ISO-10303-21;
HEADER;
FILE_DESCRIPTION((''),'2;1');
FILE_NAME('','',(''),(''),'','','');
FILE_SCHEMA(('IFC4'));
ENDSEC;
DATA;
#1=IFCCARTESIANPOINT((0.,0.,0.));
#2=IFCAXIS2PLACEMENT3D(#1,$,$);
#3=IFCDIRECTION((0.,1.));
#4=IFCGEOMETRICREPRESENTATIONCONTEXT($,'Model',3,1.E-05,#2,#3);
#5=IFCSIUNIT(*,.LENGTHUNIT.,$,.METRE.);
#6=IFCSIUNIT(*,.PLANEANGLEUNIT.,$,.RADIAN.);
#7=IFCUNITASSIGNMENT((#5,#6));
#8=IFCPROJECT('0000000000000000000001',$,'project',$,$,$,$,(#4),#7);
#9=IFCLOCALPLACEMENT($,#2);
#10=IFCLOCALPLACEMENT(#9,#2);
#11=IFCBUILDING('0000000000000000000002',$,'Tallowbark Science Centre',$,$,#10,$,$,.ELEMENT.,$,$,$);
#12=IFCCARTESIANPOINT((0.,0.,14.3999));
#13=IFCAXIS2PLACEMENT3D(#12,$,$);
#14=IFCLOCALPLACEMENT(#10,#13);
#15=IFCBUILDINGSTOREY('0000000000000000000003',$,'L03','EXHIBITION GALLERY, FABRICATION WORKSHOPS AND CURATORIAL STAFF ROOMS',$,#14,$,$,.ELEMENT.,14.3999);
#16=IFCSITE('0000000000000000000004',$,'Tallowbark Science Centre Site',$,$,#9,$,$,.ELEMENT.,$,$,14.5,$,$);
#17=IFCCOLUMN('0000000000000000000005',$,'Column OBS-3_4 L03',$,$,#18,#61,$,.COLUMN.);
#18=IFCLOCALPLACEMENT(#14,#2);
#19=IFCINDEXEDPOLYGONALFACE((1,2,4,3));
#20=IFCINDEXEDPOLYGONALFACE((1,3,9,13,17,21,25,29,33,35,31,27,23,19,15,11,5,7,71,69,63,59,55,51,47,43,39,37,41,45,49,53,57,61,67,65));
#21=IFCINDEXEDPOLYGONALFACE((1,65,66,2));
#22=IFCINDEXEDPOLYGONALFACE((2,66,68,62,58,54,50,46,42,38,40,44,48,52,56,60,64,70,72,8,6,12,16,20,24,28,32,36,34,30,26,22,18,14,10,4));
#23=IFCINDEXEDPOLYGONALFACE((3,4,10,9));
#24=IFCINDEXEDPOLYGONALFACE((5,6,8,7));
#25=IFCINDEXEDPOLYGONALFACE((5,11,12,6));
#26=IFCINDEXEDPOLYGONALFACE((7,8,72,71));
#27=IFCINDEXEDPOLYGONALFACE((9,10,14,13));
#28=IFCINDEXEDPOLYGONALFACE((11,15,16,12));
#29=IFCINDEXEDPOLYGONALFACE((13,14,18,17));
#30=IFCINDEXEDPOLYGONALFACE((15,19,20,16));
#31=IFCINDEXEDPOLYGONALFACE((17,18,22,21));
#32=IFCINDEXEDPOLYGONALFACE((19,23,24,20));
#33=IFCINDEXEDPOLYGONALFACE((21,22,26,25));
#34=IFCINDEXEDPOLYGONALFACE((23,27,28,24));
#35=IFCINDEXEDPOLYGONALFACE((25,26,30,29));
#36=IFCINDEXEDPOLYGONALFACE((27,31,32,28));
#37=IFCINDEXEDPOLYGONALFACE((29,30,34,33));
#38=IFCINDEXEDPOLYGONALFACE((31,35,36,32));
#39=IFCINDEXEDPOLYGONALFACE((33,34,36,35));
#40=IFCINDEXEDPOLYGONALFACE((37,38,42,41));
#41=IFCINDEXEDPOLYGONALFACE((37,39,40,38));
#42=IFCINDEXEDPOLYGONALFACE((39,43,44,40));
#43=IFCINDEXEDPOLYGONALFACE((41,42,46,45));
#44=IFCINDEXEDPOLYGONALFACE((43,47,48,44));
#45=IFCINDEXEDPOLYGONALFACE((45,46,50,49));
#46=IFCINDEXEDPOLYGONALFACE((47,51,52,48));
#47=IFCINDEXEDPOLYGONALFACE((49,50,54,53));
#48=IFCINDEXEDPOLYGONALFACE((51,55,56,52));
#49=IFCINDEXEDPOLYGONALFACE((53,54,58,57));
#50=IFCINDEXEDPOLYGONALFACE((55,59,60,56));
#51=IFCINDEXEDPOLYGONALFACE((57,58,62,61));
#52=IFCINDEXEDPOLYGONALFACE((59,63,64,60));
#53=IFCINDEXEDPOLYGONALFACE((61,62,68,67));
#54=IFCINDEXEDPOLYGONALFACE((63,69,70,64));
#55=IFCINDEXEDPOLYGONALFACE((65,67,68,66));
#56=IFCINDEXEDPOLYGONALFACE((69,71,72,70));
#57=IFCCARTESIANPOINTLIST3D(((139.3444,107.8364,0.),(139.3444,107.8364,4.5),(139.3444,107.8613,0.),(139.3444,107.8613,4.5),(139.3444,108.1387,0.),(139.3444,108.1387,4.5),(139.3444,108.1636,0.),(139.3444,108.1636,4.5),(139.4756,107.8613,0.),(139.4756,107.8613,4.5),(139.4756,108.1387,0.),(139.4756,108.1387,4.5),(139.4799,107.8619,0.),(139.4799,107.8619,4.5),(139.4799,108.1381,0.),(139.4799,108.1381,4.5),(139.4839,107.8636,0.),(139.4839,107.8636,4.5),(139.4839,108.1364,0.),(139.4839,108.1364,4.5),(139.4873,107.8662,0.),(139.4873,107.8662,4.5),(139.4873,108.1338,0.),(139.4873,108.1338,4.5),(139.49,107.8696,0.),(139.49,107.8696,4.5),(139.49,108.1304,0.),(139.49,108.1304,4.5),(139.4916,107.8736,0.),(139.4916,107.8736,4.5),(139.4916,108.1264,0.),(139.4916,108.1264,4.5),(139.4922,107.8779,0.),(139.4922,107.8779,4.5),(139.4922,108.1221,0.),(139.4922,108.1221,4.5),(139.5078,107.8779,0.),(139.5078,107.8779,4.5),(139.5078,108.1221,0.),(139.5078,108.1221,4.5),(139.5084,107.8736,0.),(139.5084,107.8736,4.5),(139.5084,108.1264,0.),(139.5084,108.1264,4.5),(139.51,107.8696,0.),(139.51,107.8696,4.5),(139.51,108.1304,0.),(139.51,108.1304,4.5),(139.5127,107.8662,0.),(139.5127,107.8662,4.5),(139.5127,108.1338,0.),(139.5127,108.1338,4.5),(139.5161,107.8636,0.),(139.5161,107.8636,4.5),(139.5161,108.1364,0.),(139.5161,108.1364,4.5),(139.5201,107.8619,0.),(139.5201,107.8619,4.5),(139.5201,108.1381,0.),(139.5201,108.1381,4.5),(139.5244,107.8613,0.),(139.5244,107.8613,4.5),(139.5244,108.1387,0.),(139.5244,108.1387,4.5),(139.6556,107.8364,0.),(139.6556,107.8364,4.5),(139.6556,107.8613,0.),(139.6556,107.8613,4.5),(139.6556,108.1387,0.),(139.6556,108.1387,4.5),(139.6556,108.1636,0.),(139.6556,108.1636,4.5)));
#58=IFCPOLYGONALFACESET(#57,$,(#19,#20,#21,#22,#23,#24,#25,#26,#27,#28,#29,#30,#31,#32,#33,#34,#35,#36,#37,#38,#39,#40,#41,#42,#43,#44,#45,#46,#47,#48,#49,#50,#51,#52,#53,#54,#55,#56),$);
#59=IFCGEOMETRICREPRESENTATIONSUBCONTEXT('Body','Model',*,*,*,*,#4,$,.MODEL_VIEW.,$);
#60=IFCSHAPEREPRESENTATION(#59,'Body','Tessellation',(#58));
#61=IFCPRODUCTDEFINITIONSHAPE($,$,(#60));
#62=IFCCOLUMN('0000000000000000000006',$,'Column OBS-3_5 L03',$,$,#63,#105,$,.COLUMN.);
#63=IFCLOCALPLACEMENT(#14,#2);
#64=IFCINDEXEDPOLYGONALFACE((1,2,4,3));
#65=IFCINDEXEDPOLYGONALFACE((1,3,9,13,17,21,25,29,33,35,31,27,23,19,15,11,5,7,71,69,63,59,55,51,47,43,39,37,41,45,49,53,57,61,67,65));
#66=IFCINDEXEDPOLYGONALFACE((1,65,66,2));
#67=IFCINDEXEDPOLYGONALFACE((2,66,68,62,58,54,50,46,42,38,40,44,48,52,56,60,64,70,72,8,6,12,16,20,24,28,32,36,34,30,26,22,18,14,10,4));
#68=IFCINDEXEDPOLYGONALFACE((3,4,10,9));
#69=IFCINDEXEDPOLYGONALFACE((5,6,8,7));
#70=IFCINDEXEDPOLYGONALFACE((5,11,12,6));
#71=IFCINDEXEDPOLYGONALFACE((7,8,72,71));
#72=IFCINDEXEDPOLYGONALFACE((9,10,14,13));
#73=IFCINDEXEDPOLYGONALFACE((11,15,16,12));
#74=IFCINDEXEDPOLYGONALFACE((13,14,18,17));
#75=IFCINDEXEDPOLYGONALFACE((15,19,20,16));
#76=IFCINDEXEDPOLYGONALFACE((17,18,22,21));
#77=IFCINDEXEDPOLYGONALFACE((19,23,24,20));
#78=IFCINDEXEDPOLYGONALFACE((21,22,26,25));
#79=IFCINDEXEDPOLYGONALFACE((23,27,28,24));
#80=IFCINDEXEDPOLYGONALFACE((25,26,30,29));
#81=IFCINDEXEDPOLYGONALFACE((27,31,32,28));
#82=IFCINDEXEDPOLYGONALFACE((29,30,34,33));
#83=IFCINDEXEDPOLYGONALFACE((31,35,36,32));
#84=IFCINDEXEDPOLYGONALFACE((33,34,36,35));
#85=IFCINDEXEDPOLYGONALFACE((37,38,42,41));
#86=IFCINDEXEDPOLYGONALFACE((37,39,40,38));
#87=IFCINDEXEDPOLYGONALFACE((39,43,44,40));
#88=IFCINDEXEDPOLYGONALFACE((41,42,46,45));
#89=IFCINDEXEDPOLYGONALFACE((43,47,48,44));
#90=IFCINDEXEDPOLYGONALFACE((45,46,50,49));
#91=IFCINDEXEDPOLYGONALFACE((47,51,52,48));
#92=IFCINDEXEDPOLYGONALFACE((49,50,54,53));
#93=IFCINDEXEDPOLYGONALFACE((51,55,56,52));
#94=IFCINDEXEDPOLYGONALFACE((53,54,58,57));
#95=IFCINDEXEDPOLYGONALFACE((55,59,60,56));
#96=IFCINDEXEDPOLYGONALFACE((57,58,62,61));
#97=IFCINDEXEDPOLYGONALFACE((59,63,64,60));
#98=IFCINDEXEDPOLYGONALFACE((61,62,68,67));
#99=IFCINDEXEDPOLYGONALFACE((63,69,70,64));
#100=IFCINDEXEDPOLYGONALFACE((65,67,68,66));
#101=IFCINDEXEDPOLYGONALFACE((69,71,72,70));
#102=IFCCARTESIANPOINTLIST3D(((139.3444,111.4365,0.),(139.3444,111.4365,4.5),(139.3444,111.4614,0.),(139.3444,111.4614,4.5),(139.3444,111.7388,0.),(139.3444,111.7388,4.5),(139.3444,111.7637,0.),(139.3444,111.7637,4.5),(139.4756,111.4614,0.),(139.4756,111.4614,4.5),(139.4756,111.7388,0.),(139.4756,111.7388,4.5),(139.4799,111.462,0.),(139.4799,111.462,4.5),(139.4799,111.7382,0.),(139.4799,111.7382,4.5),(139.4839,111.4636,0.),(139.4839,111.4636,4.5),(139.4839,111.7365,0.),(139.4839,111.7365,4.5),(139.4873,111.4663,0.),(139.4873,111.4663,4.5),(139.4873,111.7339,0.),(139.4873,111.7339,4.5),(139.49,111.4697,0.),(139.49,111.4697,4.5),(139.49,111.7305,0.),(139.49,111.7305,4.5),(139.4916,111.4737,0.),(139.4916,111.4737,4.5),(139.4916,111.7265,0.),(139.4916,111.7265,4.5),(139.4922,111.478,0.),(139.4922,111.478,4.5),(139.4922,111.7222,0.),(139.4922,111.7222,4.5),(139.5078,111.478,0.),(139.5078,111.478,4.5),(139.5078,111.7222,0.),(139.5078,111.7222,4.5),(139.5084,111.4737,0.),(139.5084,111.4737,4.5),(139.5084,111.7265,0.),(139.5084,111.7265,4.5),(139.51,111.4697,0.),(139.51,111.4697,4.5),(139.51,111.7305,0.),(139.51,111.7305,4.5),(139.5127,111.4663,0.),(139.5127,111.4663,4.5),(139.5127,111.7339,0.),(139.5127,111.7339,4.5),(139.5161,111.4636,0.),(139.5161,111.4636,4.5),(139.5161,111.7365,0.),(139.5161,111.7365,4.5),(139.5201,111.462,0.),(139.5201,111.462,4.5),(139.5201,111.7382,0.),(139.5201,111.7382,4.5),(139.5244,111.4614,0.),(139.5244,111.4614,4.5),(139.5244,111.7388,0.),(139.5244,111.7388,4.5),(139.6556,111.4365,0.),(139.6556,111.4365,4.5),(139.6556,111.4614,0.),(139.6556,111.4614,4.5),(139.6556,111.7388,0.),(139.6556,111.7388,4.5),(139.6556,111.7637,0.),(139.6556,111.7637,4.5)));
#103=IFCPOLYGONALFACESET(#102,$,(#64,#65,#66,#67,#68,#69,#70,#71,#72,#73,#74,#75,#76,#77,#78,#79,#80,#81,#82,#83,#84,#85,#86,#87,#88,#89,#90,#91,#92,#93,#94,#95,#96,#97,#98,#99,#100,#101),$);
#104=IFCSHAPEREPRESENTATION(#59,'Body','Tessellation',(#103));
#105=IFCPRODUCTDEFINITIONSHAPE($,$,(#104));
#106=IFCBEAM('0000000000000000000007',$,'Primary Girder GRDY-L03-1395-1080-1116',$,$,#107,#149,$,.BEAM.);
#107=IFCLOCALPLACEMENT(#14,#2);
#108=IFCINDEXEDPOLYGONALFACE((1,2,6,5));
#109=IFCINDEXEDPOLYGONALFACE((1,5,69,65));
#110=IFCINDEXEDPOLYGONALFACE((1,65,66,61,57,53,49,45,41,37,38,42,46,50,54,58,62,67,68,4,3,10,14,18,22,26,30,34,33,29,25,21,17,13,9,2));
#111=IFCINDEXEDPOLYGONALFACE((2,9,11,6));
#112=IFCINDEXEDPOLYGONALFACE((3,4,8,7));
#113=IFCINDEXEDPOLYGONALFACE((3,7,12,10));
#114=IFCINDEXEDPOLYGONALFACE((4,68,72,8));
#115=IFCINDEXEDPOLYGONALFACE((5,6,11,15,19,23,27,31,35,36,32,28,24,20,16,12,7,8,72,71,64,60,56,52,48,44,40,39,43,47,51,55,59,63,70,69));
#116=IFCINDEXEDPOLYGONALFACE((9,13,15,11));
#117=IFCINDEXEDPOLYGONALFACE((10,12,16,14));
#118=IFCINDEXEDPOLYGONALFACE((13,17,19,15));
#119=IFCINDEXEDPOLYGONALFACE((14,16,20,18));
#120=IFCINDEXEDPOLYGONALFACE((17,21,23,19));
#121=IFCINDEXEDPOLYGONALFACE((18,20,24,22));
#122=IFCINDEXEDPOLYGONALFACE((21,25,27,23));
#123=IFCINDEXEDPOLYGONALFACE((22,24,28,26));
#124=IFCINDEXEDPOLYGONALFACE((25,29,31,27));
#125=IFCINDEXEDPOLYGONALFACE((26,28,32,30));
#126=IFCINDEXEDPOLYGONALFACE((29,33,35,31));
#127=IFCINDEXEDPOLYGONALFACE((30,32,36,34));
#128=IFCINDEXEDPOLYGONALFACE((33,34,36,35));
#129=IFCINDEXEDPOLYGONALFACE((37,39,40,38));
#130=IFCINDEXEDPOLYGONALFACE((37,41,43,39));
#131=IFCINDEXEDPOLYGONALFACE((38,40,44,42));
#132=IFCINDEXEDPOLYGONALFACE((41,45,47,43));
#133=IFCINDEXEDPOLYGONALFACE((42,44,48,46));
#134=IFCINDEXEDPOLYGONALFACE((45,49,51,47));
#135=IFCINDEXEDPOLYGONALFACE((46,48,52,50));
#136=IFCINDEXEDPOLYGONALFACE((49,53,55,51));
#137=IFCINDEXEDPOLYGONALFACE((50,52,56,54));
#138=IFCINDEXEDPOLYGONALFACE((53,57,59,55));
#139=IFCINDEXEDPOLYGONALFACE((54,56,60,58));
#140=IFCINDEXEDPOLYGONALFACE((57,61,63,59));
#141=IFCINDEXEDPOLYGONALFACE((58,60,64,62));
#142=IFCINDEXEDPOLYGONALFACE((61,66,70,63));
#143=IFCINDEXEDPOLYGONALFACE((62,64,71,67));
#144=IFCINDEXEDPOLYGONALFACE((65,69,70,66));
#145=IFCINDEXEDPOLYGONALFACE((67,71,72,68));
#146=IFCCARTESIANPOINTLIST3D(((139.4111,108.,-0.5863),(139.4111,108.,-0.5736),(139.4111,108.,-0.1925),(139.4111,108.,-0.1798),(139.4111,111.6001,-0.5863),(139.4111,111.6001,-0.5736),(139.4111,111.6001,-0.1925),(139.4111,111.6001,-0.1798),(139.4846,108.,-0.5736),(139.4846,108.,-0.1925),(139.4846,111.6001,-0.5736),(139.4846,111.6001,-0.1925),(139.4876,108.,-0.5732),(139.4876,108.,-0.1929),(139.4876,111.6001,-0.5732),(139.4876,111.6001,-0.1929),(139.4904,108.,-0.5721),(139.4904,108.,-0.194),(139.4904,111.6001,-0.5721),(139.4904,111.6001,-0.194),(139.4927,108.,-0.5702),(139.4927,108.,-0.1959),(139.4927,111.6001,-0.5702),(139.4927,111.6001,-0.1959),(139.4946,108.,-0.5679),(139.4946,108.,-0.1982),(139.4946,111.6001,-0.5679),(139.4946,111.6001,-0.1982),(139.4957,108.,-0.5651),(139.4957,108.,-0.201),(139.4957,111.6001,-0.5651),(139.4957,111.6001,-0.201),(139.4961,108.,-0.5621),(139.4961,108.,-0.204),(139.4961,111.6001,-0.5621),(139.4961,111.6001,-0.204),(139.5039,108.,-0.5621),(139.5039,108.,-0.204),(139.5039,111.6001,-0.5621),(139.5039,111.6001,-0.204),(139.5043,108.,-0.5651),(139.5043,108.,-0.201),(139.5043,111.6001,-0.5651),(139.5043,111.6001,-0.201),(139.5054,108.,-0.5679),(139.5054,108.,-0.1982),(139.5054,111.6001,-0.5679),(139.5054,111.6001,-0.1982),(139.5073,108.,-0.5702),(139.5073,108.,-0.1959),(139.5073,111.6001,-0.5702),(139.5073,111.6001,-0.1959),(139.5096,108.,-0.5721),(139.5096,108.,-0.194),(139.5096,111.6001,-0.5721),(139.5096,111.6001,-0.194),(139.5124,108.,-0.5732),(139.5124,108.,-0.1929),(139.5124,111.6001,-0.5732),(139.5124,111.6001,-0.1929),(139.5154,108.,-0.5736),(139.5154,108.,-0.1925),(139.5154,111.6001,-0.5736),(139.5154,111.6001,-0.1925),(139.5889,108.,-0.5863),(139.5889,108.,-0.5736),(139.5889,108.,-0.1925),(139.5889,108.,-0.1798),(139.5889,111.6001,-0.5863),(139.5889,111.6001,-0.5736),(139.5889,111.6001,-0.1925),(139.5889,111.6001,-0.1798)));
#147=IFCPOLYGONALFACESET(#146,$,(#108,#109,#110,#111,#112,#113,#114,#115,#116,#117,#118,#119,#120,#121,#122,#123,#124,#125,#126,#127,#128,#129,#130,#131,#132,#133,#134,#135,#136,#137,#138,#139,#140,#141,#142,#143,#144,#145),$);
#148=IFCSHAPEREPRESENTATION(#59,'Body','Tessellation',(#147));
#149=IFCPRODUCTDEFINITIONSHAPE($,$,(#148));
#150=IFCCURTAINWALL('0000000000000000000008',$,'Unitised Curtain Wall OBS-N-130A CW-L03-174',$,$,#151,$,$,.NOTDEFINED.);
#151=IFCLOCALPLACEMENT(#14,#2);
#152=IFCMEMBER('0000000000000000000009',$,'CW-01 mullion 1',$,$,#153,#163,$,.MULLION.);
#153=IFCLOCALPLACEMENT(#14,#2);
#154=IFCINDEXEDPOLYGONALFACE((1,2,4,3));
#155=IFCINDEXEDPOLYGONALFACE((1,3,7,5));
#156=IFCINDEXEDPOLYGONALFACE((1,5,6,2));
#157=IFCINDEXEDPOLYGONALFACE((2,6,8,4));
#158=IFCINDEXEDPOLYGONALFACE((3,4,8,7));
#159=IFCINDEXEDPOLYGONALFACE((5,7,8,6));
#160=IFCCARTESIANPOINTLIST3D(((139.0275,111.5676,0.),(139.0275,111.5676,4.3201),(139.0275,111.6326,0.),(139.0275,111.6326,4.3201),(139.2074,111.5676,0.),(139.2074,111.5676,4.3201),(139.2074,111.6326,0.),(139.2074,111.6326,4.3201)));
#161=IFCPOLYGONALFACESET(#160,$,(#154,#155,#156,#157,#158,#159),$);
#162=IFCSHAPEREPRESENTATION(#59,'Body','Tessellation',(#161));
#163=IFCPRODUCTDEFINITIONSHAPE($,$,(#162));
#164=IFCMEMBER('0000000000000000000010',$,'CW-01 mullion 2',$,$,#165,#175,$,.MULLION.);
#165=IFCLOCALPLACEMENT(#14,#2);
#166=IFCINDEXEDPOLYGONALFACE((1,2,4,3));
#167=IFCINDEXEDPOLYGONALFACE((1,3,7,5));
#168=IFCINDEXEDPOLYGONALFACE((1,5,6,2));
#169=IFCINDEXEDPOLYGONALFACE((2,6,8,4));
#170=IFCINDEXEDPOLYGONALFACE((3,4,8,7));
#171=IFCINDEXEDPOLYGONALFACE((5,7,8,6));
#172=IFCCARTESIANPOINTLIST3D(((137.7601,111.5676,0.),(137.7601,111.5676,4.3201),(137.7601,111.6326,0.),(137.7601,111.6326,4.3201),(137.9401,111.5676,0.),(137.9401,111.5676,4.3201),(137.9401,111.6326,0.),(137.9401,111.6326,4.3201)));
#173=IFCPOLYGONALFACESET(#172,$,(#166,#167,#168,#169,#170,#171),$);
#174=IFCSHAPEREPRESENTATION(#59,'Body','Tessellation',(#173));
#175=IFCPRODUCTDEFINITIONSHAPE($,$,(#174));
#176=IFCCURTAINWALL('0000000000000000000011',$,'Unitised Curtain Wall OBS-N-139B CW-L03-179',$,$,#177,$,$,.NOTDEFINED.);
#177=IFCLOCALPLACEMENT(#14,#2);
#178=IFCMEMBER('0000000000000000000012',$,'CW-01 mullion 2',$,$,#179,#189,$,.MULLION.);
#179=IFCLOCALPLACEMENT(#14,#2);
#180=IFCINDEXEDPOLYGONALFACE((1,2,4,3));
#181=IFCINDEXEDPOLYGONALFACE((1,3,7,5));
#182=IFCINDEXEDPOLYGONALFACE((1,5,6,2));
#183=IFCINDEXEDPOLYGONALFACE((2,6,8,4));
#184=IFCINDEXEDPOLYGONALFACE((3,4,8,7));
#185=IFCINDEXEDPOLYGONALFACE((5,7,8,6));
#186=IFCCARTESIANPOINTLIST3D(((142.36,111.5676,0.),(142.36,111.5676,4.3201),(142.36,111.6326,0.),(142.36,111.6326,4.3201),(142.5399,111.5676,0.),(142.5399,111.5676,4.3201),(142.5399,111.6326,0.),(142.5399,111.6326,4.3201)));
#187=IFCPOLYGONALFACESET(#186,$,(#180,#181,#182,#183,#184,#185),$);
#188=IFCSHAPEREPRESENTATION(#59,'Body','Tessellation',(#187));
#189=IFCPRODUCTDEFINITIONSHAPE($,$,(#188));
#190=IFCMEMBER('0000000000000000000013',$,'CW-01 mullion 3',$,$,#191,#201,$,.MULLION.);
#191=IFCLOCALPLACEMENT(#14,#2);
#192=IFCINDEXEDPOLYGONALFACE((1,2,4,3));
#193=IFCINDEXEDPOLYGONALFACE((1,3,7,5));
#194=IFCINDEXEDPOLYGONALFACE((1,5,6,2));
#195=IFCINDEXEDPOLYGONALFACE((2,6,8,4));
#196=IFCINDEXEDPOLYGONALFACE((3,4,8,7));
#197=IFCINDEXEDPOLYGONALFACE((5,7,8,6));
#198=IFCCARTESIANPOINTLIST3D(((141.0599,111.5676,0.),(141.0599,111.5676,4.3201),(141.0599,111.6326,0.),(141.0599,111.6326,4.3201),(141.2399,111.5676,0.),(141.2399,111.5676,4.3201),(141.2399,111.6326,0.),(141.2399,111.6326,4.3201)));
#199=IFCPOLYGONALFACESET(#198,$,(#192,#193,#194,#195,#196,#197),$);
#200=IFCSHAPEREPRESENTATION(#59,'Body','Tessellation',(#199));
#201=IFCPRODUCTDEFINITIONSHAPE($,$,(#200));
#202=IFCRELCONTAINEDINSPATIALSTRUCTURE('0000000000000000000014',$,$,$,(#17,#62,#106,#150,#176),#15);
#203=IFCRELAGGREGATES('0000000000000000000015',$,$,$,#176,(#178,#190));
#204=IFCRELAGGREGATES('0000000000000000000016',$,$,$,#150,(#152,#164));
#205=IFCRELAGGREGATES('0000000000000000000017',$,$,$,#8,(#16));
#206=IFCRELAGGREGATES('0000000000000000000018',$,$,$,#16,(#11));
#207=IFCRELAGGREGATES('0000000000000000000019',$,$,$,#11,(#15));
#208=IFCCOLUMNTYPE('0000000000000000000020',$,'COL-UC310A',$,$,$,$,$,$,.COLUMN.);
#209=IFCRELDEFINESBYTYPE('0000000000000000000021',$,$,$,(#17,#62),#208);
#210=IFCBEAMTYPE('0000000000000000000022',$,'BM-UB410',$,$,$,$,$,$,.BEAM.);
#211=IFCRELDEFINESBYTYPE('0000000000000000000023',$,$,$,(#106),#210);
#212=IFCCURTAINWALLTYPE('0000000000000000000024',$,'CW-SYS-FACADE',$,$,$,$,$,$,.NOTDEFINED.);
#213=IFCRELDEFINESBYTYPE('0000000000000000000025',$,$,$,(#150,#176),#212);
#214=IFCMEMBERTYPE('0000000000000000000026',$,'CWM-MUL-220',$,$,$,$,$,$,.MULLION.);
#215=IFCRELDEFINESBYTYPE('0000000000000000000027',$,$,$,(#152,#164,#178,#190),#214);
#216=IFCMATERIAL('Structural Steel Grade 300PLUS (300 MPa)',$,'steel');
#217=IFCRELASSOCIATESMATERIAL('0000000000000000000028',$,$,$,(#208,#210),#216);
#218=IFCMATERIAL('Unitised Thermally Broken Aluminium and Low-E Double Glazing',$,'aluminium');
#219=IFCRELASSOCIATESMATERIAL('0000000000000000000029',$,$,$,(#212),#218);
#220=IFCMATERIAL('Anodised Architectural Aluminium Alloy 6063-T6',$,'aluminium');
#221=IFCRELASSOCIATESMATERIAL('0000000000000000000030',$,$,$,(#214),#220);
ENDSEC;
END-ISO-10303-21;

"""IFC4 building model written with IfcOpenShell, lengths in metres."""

from ifc_helpers import new_model, si_unit, direction, frame, origin, origin_2d, place, context, subcontext, project, spatial, rectangle, i_section, extrude, material, material_profile, profile_set, type_object, element, aggregate, save


model = new_model("IFC4")

# Units and contexts
model_context = context("Model", 3, precision=1e-05, world=origin(), true_north=direction((0.0, 1.0)))
body_context = subcontext(model_context, "Body", "Model", "MODEL_VIEW")
ifc_project = project(units=[si_unit("LENGTHUNIT", "METRE"), si_unit("PLANEANGLEUNIT", "RADIAN")], contexts=[model_context])

# Site, building, storey
site_placement = place(None, origin())
site = spatial("IfcSite", under=ifc_project, at=site_placement, Name="Tallowbark Science Centre Site", CompositionType="ELEMENT", RefElevation=14.5)
building_placement = place(site_placement, origin())
building = spatial("IfcBuilding", under=site, at=building_placement, Name="Tallowbark Science Centre", CompositionType="ELEMENT")
storey_placement = place(building_placement, frame((0.0, 0.0, 14.3999)))
storey = spatial("IfcBuildingStorey", under=building, at=storey_placement, Name="L03", Description="EXHIBITION GALLERY, FABRICATION WORKSHOPS AND CURATORIAL STAFF ROOMS", CompositionType="ELEMENT", Elevation=14.3999)

# Columns
ifc_material_1 = material(Name="Structural Steel Grade 300PLUS (300 MPa)", Category="steel")
ifc_material_profile_1 = material_profile(ifc_material_1, i_section(OverallWidth=0.3113, OverallDepth=0.3271, WebThickness=0.0156, FlangeThickness=0.0249, FilletRadius=0.0166, at=origin_2d()), Name="310UC158")
ifc_profile_set_1 = profile_set([ifc_material_profile_1], Name="Structural Steel Grade 300PLUS (300 MPa)")
column_type = type_object("IfcColumnType", Name="COL-UC310A", PredefinedType="COLUMN", material=ifc_profile_set_1)
for number, where, z_axis, x_axis, name in (
    (1, (139.5, 108.0, 0.0), (0.0, 0.0, 1.0), (1.0, 0.0, 0.0), "Column OBS-3_4 L03"),
    (2, (139.5, 111.6001, 0.0), (0.0, 0.0, 1.0), (1.0, 0.0, 0.0), "Column OBS-3_5 L03"),
):
    element("IfcColumn", number, at=place(storey_placement, frame(where, z_axis=z_axis, x_axis=x_axis)), inside=storey, type_object=column_type, Name=name, PredefinedType="COLUMN", context=body_context, shape_type="SweptSolid", body=[
        extrude(i_section(OverallWidth=0.3113, OverallDepth=0.3271, WebThickness=0.0156, FlangeThickness=0.0249, FilletRadius=0.0166, at=origin_2d()), origin(), (0.0, 0.0, 1.0), 4.5),
    ])

# Beam
ifc_material_profile_2 = material_profile(ifc_material_1, i_section(OverallWidth=0.1777, OverallDepth=0.4065, WebThickness=0.0078, FlangeThickness=0.0127, FilletRadius=0.0115, at=origin_2d()), Name="410UB59.7")
ifc_profile_set_2 = profile_set([ifc_material_profile_2], Name="Structural Steel Grade 300PLUS (300 MPa)")
beam_type_1 = type_object("IfcBeamType", Name="BM-UB410", PredefinedType="BEAM", material=ifc_profile_set_2)
beam_placement = place(storey_placement, frame((139.5, 108.0, -0.3831), z_axis=(0.0, 1.0, 0.0), x_axis=(-1.0, 0.0, 0.0)))
element("IfcBeam", 3, at=beam_placement, inside=storey, type_object=beam_type_1, Name="Primary Girder GRDY-L03-1395-1080-1116", PredefinedType="BEAM", context=body_context, shape_type="SweptSolid", body=[
    extrude(i_section(OverallWidth=0.1777, OverallDepth=0.4065, WebThickness=0.0078, FlangeThickness=0.0127, FilletRadius=0.0115, at=origin_2d()), origin(), (0.0, 0.0, 1.0), 3.6001),
])

# Curtain walls, members
ifc_material_2 = material(Name="Unitised Thermally Broken Aluminium and Low-E Double Glazing", Category="aluminium")
curtain_wall_type = type_object("IfcCurtainWallType", Name="CW-SYS-FACADE", PredefinedType="NOTDEFINED", material=ifc_material_2)
curtain_wall_1_placement = place(storey_placement, origin())
curtain_wall_1 = element("IfcCurtainWall", 4, at=curtain_wall_1_placement, inside=storey, type_object=curtain_wall_type, Name="Unitised Curtain Wall OBS-N-130A CW-L03-174", PredefinedType="NOTDEFINED")
ifc_material_3 = material(Name="Anodised Architectural Aluminium Alloy 6063-T6", Category="aluminium")
ifc_material_profile_3 = material_profile(ifc_material_3, rectangle(XDim=0.0649, YDim=0.1799, at=origin_2d()), Name="ALU65x180")
ifc_profile_set_3 = profile_set([ifc_material_profile_3], Name="Anodised Architectural Aluminium Alloy 6063-T6")
member_type_1 = type_object("IfcMemberType", Name="CWM-MUL-220", PredefinedType="MULLION", material=ifc_profile_set_3)
member_1_placement = place(storey_placement, frame((139.1174, 111.6001, 0.0), z_axis=(0.0, 0.0, 1.0), x_axis=(0.0, -1.0, 0.0)))
member_1 = element("IfcMember", 5, at=member_1_placement, type_object=member_type_1, Name="CW-01 mullion 1", PredefinedType="MULLION", context=body_context, shape_type="SweptSolid", body=[
    extrude(rectangle(XDim=0.0649, YDim=0.1799, at=origin_2d()), origin(), (0.0, 0.0, 1.0), 4.3201),
])
member_2_placement = place(storey_placement, frame((137.8501, 111.6001, 0.0), z_axis=(0.0, 0.0, 1.0), x_axis=(0.0, -1.0, 0.0)))
member_2 = element("IfcMember", 6, at=member_2_placement, type_object=member_type_1, Name="CW-01 mullion 2", PredefinedType="MULLION", context=body_context, shape_type="SweptSolid", body=[
    extrude(rectangle(XDim=0.0649, YDim=0.1799, at=origin_2d()), origin(), (0.0, 0.0, 1.0), 4.3201),
])
curtain_wall_2_placement = place(storey_placement, origin())
curtain_wall_2 = element("IfcCurtainWall", 7, at=curtain_wall_2_placement, inside=storey, type_object=curtain_wall_type, Name="Unitised Curtain Wall OBS-N-139B CW-L03-179", PredefinedType="NOTDEFINED")
member_3_placement = place(storey_placement, frame((142.45, 111.6001, 0.0), z_axis=(0.0, 0.0, 1.0), x_axis=(0.0, -1.0, 0.0)))
member_3 = element("IfcMember", 8, at=member_3_placement, type_object=member_type_1, Name="CW-01 mullion 2", PredefinedType="MULLION", context=body_context, shape_type="SweptSolid", body=[
    extrude(rectangle(XDim=0.0649, YDim=0.1799, at=origin_2d()), origin(), (0.0, 0.0, 1.0), 4.3201),
])
member_4_placement = place(storey_placement, frame((141.1499, 111.6001, 0.0), z_axis=(0.0, 0.0, 1.0), x_axis=(0.0, -1.0, 0.0)))
member_4 = element("IfcMember", 9, at=member_4_placement, type_object=member_type_1, Name="CW-01 mullion 3", PredefinedType="MULLION", context=body_context, shape_type="SweptSolid", body=[
    extrude(rectangle(XDim=0.0649, YDim=0.1799, at=origin_2d()), origin(), (0.0, 0.0, 1.0), 4.3201),
])

aggregate(curtain_wall_2, [member_3, member_4])
aggregate(curtain_wall_1, [member_1, member_2])

save(model, "model.ifc")
